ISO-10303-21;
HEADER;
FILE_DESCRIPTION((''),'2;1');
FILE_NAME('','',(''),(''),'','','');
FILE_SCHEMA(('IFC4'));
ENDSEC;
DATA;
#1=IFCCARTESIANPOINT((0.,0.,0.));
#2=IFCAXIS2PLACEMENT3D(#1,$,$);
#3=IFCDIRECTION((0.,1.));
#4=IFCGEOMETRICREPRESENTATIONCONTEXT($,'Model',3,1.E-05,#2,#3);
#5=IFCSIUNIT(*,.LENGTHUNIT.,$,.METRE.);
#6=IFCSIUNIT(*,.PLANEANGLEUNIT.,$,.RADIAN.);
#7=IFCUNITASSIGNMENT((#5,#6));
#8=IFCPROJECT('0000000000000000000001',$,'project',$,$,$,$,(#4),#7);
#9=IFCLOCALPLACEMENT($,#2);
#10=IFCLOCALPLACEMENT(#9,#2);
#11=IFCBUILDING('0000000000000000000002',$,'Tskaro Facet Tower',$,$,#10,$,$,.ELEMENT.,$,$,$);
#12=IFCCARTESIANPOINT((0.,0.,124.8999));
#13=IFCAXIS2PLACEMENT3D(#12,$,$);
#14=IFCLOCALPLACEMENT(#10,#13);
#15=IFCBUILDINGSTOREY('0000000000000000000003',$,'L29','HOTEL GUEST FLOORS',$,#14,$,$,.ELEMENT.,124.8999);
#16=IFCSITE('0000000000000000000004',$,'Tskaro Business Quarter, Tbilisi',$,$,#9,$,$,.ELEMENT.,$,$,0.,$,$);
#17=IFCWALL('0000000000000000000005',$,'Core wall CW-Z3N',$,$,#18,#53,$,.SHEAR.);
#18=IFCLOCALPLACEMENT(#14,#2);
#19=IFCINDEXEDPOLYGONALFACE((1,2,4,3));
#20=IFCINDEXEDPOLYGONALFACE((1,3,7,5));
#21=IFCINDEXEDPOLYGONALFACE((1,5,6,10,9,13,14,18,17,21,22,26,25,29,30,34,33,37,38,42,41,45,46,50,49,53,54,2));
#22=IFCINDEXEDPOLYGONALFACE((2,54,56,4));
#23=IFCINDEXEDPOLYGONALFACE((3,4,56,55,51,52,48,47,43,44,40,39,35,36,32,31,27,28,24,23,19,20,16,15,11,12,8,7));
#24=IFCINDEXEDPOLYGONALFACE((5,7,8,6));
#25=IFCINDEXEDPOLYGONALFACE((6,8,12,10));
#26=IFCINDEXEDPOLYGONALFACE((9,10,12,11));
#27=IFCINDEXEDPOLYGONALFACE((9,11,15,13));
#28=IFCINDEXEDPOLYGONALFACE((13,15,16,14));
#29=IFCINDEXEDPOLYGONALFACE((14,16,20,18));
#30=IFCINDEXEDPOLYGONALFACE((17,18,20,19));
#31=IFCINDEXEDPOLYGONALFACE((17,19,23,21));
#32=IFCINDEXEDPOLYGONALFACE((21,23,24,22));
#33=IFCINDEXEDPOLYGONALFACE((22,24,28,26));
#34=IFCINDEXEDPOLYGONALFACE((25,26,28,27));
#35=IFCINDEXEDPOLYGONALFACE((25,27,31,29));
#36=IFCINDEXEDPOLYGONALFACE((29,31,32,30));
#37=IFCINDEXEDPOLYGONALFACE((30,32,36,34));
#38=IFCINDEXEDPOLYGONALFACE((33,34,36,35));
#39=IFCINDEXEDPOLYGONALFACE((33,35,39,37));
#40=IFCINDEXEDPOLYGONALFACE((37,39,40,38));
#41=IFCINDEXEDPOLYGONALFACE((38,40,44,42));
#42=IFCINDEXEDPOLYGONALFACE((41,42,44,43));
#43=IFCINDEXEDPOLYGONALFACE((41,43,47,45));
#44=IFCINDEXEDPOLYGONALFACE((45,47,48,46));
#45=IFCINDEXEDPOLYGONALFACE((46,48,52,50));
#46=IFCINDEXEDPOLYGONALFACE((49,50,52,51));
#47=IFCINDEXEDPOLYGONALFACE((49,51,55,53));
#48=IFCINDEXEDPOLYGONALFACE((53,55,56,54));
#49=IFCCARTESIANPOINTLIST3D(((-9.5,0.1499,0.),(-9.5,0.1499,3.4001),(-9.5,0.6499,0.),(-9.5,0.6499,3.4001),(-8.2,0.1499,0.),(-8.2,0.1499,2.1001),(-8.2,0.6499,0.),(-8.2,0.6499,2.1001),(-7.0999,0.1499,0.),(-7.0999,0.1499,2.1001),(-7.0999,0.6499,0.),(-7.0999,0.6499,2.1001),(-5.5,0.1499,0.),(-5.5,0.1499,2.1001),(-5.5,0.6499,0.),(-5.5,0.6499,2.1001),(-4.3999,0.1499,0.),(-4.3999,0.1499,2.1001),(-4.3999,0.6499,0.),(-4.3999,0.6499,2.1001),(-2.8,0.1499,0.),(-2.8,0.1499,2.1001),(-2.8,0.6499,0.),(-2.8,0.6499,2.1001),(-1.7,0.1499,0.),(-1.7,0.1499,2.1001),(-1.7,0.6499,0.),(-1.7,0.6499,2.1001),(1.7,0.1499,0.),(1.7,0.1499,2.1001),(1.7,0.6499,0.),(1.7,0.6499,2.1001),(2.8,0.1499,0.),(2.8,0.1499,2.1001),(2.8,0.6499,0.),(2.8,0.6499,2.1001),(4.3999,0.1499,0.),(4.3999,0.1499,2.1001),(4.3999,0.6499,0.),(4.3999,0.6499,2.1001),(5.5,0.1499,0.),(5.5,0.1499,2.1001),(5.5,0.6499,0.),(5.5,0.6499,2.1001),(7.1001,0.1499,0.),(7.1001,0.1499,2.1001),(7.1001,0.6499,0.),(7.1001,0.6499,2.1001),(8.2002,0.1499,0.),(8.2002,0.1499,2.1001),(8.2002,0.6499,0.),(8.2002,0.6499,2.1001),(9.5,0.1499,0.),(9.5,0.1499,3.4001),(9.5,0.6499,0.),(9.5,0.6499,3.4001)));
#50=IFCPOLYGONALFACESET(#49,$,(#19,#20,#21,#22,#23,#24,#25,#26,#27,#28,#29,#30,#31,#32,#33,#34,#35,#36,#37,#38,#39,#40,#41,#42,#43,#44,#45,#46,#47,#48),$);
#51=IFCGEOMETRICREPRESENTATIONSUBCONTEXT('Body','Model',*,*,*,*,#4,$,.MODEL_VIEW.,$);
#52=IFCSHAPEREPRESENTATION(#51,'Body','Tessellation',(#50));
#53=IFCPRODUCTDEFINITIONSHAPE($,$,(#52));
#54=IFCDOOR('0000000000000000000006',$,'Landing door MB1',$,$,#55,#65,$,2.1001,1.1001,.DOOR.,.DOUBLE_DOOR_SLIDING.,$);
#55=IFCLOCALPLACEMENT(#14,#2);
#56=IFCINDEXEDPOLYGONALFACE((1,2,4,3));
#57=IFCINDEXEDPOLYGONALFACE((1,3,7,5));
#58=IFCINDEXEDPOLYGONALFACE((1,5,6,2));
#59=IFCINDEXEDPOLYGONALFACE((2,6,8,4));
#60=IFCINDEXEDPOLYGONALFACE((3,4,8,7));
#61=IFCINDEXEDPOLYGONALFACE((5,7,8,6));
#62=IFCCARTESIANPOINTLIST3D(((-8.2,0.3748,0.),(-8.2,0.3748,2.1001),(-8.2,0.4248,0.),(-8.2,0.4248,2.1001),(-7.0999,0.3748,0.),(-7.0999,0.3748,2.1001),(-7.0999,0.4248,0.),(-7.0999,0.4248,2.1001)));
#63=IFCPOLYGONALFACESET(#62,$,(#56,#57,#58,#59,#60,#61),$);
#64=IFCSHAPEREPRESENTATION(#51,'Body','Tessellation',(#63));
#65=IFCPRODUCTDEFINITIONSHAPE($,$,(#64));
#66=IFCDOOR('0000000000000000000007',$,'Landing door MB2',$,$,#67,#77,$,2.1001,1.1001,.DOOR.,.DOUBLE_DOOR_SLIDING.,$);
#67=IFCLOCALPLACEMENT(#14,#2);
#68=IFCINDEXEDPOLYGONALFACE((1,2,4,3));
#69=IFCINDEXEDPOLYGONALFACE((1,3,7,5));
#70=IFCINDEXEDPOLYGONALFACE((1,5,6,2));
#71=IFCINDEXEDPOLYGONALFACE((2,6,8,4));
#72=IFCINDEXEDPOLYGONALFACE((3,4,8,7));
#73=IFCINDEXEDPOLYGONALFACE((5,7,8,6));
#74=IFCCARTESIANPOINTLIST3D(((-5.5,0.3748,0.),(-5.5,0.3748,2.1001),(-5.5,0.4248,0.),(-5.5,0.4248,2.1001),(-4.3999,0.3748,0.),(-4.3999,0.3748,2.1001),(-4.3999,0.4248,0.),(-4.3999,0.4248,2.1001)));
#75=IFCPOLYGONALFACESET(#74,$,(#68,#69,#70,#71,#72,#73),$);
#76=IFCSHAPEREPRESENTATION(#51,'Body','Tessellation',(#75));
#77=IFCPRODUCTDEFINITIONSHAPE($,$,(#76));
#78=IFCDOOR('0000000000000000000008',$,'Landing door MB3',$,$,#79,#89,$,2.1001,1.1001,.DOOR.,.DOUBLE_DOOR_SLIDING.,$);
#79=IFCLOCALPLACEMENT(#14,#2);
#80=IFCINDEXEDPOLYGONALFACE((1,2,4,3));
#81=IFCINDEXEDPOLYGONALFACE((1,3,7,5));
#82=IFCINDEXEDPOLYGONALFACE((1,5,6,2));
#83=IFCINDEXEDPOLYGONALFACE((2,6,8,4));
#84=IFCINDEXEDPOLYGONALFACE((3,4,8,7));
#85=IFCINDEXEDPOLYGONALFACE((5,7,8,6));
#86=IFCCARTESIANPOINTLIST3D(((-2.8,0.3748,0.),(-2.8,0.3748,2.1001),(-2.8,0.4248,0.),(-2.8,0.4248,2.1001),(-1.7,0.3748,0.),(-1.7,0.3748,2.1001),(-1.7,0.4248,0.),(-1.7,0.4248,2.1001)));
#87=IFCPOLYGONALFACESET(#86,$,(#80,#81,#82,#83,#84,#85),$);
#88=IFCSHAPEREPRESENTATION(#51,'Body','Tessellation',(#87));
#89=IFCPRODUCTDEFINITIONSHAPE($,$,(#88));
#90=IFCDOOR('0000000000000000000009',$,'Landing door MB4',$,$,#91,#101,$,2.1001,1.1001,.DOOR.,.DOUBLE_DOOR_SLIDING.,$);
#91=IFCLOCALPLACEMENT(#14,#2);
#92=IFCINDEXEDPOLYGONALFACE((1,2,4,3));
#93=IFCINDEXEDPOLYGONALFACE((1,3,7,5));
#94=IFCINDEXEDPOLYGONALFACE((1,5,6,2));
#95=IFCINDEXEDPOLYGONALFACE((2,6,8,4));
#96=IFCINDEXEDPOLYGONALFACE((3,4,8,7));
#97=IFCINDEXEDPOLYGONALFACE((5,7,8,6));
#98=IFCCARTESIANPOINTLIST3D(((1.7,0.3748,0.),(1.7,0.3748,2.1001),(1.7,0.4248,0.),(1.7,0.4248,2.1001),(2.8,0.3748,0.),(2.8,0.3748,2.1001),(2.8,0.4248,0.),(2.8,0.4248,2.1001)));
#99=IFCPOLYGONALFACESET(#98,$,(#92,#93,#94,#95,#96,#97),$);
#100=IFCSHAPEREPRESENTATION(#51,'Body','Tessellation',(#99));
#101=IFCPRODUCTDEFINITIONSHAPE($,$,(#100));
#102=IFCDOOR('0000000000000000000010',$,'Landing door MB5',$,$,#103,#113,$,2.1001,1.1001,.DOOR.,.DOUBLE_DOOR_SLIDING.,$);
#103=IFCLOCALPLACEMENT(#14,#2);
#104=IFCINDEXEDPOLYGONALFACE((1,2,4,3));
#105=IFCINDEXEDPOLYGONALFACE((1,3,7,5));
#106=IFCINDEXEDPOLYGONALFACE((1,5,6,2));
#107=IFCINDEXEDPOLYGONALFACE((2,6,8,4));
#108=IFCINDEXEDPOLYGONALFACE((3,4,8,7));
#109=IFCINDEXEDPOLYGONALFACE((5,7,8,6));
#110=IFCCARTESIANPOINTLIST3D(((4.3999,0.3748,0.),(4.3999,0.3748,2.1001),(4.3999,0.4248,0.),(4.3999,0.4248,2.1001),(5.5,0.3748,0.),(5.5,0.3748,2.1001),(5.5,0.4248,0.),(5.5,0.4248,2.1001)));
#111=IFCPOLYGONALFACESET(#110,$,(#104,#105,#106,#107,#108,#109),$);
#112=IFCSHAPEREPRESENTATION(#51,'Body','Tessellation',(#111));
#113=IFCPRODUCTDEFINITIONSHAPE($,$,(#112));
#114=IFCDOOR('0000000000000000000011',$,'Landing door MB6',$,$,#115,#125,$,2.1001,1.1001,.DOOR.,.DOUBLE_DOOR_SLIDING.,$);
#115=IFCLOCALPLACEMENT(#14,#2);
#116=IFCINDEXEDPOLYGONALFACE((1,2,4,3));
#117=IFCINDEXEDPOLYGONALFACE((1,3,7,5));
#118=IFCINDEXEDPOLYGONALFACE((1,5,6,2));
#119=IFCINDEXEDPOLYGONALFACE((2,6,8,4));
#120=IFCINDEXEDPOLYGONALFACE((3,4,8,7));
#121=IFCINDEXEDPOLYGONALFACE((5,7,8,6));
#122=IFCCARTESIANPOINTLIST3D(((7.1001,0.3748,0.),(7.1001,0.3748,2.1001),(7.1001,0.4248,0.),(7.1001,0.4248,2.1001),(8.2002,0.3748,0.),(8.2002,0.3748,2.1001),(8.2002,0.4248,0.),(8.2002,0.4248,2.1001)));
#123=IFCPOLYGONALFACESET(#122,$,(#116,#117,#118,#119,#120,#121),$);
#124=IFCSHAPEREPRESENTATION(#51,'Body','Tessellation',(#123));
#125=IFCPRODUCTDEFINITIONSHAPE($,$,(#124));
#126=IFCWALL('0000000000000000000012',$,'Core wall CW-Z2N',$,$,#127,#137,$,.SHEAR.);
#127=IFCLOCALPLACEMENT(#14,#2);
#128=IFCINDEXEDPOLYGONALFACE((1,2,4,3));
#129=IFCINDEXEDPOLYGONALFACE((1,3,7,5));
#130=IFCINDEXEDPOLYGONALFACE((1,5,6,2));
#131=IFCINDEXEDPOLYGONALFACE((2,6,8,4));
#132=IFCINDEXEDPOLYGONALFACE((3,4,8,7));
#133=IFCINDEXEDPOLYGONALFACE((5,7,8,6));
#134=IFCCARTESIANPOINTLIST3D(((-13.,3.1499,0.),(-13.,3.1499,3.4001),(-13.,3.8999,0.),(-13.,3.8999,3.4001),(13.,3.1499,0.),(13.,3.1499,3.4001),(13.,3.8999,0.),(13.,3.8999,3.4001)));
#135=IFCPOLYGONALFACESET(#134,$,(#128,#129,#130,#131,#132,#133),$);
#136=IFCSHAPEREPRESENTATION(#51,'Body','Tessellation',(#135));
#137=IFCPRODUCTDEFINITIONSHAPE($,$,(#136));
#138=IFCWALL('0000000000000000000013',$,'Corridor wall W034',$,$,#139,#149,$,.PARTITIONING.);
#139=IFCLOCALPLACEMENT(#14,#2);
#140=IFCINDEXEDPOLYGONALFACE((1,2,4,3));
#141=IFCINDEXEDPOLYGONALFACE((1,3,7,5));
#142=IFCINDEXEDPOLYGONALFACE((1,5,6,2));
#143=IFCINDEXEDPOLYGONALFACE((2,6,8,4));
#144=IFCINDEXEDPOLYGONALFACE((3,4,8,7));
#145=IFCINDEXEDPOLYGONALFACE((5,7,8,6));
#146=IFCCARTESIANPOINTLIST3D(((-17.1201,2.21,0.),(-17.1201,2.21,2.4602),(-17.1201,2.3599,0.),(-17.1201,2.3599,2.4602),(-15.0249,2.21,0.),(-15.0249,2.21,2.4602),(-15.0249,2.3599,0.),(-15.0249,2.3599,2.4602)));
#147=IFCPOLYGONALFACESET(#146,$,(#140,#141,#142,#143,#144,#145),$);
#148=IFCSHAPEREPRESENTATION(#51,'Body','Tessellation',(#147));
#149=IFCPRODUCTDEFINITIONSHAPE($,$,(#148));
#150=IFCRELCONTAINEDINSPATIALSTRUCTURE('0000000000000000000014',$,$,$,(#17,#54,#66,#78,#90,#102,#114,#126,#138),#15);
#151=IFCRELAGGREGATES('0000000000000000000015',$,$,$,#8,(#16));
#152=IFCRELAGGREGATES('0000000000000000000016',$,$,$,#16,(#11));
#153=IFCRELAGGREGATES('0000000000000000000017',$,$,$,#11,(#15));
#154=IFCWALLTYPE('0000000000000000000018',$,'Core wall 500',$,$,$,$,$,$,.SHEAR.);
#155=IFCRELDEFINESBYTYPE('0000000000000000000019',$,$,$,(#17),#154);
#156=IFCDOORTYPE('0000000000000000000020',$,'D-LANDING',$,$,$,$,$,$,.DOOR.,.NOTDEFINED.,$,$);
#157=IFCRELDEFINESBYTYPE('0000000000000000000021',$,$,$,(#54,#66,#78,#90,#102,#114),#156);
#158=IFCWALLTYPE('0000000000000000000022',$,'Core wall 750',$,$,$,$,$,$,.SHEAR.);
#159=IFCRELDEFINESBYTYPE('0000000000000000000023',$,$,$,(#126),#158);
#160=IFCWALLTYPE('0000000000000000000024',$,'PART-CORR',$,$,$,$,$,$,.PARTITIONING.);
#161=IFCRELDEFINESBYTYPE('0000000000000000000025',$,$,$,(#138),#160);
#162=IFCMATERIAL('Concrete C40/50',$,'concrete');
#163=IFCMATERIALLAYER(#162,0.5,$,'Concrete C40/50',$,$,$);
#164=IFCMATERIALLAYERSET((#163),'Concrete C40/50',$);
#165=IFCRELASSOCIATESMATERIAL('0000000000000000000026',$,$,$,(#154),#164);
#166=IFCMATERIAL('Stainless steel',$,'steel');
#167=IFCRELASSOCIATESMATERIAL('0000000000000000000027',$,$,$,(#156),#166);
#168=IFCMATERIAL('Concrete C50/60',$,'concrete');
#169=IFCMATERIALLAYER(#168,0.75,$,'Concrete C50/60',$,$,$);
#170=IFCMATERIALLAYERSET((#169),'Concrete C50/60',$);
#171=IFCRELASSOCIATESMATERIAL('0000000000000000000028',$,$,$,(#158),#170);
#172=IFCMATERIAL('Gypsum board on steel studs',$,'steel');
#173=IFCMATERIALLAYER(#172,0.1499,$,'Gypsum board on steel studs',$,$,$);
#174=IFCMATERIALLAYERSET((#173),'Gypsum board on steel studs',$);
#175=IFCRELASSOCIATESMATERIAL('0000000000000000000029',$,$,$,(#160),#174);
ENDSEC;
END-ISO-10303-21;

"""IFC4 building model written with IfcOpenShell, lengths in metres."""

from ifc_helpers import new_model, si_unit, direction, frame, frame_2d, origin, place, context, subcontext, project, spatial, rectangle, extrude, material, layer, layer_set, type_object, element, fill, save


model = new_model("IFC4")

# Units and contexts
model_context = context("Model", 3, precision=1e-05, world=origin(), true_north=direction((0.0, 1.0)))
body_context = subcontext(model_context, "Body", "Model", "MODEL_VIEW")
ifc_project = project(units=[si_unit("LENGTHUNIT", "METRE"), si_unit("PLANEANGLEUNIT", "RADIAN")], contexts=[model_context])

# Site, building, storey
site_placement = place(None, origin())
site = spatial("IfcSite", under=ifc_project, at=site_placement, Name="Tskaro Business Quarter, Tbilisi", CompositionType="ELEMENT", RefElevation=0.0)
building_placement = place(site_placement, origin())
building = spatial("IfcBuilding", under=site, at=building_placement, Name="Tskaro Facet Tower", CompositionType="ELEMENT")
storey_placement = place(building_placement, frame((0.0, 0.0, 124.8999)))
storey = spatial("IfcBuildingStorey", under=building, at=storey_placement, Name="L29", Description="HOTEL GUEST FLOORS", CompositionType="ELEMENT", Elevation=124.8999)

# Wall, openings, doors
ifc_material_1 = material(Name="Concrete C40/50", Category="concrete")
ifc_layer_1 = layer(ifc_material_1, 0.5, Name="Concrete C40/50")
ifc_layer_set_1 = layer_set([ifc_layer_1], Name="Concrete C40/50")
wall_type_1 = type_object("IfcWallType", Name="Core wall 500", PredefinedType="SHEAR", material=ifc_layer_set_1)
wall_1_placement = place(storey_placement, frame((-9.5, 0.3999, 0.0), z_axis=(0.0, 0.0, 1.0), x_axis=(1.0, 0.0, 0.0)))
wall_1 = element("IfcWall", 1, at=wall_1_placement, inside=storey, type_object=wall_type_1, Name="Core wall CW-Z3N", PredefinedType="SHEAR", context=body_context, shape_type="SweptSolid", body=[
    extrude(rectangle(XDim=19.0, YDim=0.5, at=frame_2d((9.5, 0.0))), origin(), (0.0, 0.0, 1.0), 3.4001),
])
opening_1_placement = place(wall_1_placement, frame((1.3, 0.0, 0.0)))
opening_1 = element("IfcOpeningElement", 2, at=opening_1_placement, cuts=wall_1, PredefinedType="OPENING", context=body_context, shape_type="SweptSolid", body=[
    extrude(rectangle(XDim=1.1001, YDim=2.1001, at=frame_2d((0.55, 1.05))), frame((0.0, 0.26, 0.0), z_axis=(0.0, -1.0, 0.0), x_axis=(1.0, 0.0, 0.0)), (0.0, 0.0, 1.0), 0.52),
])
opening_2_placement = place(wall_1_placement, frame((4.0, 0.0, 0.0)))
opening_2 = element("IfcOpeningElement", 3, at=opening_2_placement, cuts=wall_1, PredefinedType="OPENING", context=body_context, shape_type="SweptSolid", body=[
    extrude(rectangle(XDim=1.1001, YDim=2.1001, at=frame_2d((0.55, 1.05))), frame((0.0, 0.26, 0.0), z_axis=(0.0, -1.0, 0.0), x_axis=(1.0, 0.0, 0.0)), (0.0, 0.0, 1.0), 0.52),
])
opening_3_placement = place(wall_1_placement, frame((6.7, 0.0, 0.0)))
opening_3 = element("IfcOpeningElement", 4, at=opening_3_placement, cuts=wall_1, PredefinedType="OPENING", context=body_context, shape_type="SweptSolid", body=[
    extrude(rectangle(XDim=1.1001, YDim=2.1001, at=frame_2d((0.55, 1.05))), frame((0.0, 0.26, 0.0), z_axis=(0.0, -1.0, 0.0), x_axis=(1.0, 0.0, 0.0)), (0.0, 0.0, 1.0), 0.52),
])
opening_4_placement = place(wall_1_placement, frame((11.2, 0.0, 0.0)))
opening_4 = element("IfcOpeningElement", 5, at=opening_4_placement, cuts=wall_1, PredefinedType="OPENING", context=body_context, shape_type="SweptSolid", body=[
    extrude(rectangle(XDim=1.1001, YDim=2.1001, at=frame_2d((0.55, 1.05))), frame((0.0, 0.26, 0.0), z_axis=(0.0, -1.0, 0.0), x_axis=(1.0, 0.0, 0.0)), (0.0, 0.0, 1.0), 0.52),
])
opening_5_placement = place(wall_1_placement, frame((13.8999, 0.0, 0.0)))
opening_5 = element("IfcOpeningElement", 6, at=opening_5_placement, cuts=wall_1, PredefinedType="OPENING", context=body_context, shape_type="SweptSolid", body=[
    extrude(rectangle(XDim=1.1001, YDim=2.1001, at=frame_2d((0.55, 1.05))), frame((0.0, 0.26, 0.0), z_axis=(0.0, -1.0, 0.0), x_axis=(1.0, 0.0, 0.0)), (0.0, 0.0, 1.0), 0.52),
])
opening_6_placement = place(wall_1_placement, frame((16.6001, 0.0, 0.0)))
opening_6 = element("IfcOpeningElement", 7, at=opening_6_placement, cuts=wall_1, PredefinedType="OPENING", context=body_context, shape_type="SweptSolid", body=[
    extrude(rectangle(XDim=1.1001, YDim=2.1001, at=frame_2d((0.55, 1.05))), frame((0.0, 0.26, 0.0), z_axis=(0.0, -1.0, 0.0), x_axis=(1.0, 0.0, 0.0)), (0.0, 0.0, 1.0), 0.52),
])
ifc_material_2 = material(Name="Stainless steel", Category="steel")
door_type_1 = type_object("IfcDoorType", Name="D-LANDING", OperationType="NOTDEFINED", PredefinedType="DOOR", material=ifc_material_2)
door_1_placement = place(opening_1_placement, origin())
door_1 = element("IfcDoor", 8, at=door_1_placement, inside=storey, type_object=door_type_1, Name="Landing door MB1", OperationType="DOUBLE_DOOR_SLIDING", OverallHeight=2.1001, OverallWidth=1.1001, PredefinedType="DOOR", context=body_context, shape_type="SweptSolid", body=[
    extrude(rectangle(XDim=1.1001, YDim=2.1001, at=frame_2d((0.55, 1.05))), frame((0.0, 0.0249, 0.0), z_axis=(0.0, -1.0, 0.0), x_axis=(1.0, 0.0, 0.0)), (0.0, 0.0, 1.0), 0.05),
])
fill(opening_1, door_1)
door_2_placement = place(opening_2_placement, origin())
door_2 = element("IfcDoor", 9, at=door_2_placement, inside=storey, type_object=door_type_1, Name="Landing door MB2", OperationType="DOUBLE_DOOR_SLIDING", OverallHeight=2.1001, OverallWidth=1.1001, PredefinedType="DOOR", context=body_context, shape_type="SweptSolid", body=[
    extrude(rectangle(XDim=1.1001, YDim=2.1001, at=frame_2d((0.55, 1.05))), frame((0.0, 0.0249, 0.0), z_axis=(0.0, -1.0, 0.0), x_axis=(1.0, 0.0, 0.0)), (0.0, 0.0, 1.0), 0.05),
])
fill(opening_2, door_2)
door_3_placement = place(opening_3_placement, origin())
door_3 = element("IfcDoor", 10, at=door_3_placement, inside=storey, type_object=door_type_1, Name="Landing door MB3", OperationType="DOUBLE_DOOR_SLIDING", OverallHeight=2.1001, OverallWidth=1.1001, PredefinedType="DOOR", context=body_context, shape_type="SweptSolid", body=[
    extrude(rectangle(XDim=1.1001, YDim=2.1001, at=frame_2d((0.55, 1.05))), frame((0.0, 0.0249, 0.0), z_axis=(0.0, -1.0, 0.0), x_axis=(1.0, 0.0, 0.0)), (0.0, 0.0, 1.0), 0.05),
])
fill(opening_3, door_3)
door_4_placement = place(opening_4_placement, origin())
door_4 = element("IfcDoor", 11, at=door_4_placement, inside=storey, type_object=door_type_1, Name="Landing door MB4", OperationType="DOUBLE_DOOR_SLIDING", OverallHeight=2.1001, OverallWidth=1.1001, PredefinedType="DOOR", context=body_context, shape_type="SweptSolid", body=[
    extrude(rectangle(XDim=1.1001, YDim=2.1001, at=frame_2d((0.55, 1.05))), frame((0.0, 0.0249, 0.0), z_axis=(0.0, -1.0, 0.0), x_axis=(1.0, 0.0, 0.0)), (0.0, 0.0, 1.0), 0.05),
])
fill(opening_4, door_4)
door_5_placement = place(opening_5_placement, origin())
door_5 = element("IfcDoor", 12, at=door_5_placement, inside=storey, type_object=door_type_1, Name="Landing door MB5", OperationType="DOUBLE_DOOR_SLIDING", OverallHeight=2.1001, OverallWidth=1.1001, PredefinedType="DOOR", context=body_context, shape_type="SweptSolid", body=[
    extrude(rectangle(XDim=1.1001, YDim=2.1001, at=frame_2d((0.55, 1.05))), frame((0.0, 0.0249, 0.0), z_axis=(0.0, -1.0, 0.0), x_axis=(1.0, 0.0, 0.0)), (0.0, 0.0, 1.0), 0.05),
])
fill(opening_5, door_5)
door_6_placement = place(opening_6_placement, origin())
door_6 = element("IfcDoor", 13, at=door_6_placement, inside=storey, type_object=door_type_1, Name="Landing door MB6", OperationType="DOUBLE_DOOR_SLIDING", OverallHeight=2.1001, OverallWidth=1.1001, PredefinedType="DOOR", context=body_context, shape_type="SweptSolid", body=[
    extrude(rectangle(XDim=1.1001, YDim=2.1001, at=frame_2d((0.55, 1.05))), frame((0.0, 0.0249, 0.0), z_axis=(0.0, -1.0, 0.0), x_axis=(1.0, 0.0, 0.0)), (0.0, 0.0, 1.0), 0.05),
])
fill(opening_6, door_6)

# Walls
ifc_material_3 = material(Name="Concrete C50/60", Category="concrete")
ifc_layer_2 = layer(ifc_material_3, 0.75, Name="Concrete C50/60")
ifc_layer_set_2 = layer_set([ifc_layer_2], Name="Concrete C50/60")
wall_type_2 = type_object("IfcWallType", Name="Core wall 750", PredefinedType="SHEAR", material=ifc_layer_set_2)
wall_2_placement = place(storey_placement, frame((-13.0, 3.5249, 0.0), z_axis=(0.0, 0.0, 1.0), x_axis=(1.0, 0.0, 0.0)))
element("IfcWall", 14, at=wall_2_placement, inside=storey, type_object=wall_type_2, Name="Core wall CW-Z2N", PredefinedType="SHEAR", context=body_context, shape_type="SweptSolid", body=[
    extrude(rectangle(XDim=26.0, YDim=0.75, at=frame_2d((13.0, 0.0))), origin(), (0.0, 0.0, 1.0), 3.4001),
])
ifc_material_4 = material(Name="Gypsum board on steel studs", Category="steel")
ifc_layer_3 = layer(ifc_material_4, 0.1499, Name="Gypsum board on steel studs")
ifc_layer_set_3 = layer_set([ifc_layer_3], Name="Gypsum board on steel studs")
wall_type_3 = type_object("IfcWallType", Name="PART-CORR", PredefinedType="PARTITIONING", material=ifc_layer_set_3)
wall_3_placement = place(storey_placement, frame((-17.1201, 2.2849, 0.0), z_axis=(0.0, 0.0, 1.0), x_axis=(1.0, 0.0, 0.0)))
element("IfcWall", 15, at=wall_3_placement, inside=storey, type_object=wall_type_3, Name="Corridor wall W034", PredefinedType="PARTITIONING", context=body_context, shape_type="SweptSolid", body=[
    extrude(rectangle(XDim=2.0952, YDim=0.1499, at=frame_2d((1.0476, 0.0))), origin(), (0.0, 0.0, 1.0), 2.4602),
])

save(model, "model.ifc")
